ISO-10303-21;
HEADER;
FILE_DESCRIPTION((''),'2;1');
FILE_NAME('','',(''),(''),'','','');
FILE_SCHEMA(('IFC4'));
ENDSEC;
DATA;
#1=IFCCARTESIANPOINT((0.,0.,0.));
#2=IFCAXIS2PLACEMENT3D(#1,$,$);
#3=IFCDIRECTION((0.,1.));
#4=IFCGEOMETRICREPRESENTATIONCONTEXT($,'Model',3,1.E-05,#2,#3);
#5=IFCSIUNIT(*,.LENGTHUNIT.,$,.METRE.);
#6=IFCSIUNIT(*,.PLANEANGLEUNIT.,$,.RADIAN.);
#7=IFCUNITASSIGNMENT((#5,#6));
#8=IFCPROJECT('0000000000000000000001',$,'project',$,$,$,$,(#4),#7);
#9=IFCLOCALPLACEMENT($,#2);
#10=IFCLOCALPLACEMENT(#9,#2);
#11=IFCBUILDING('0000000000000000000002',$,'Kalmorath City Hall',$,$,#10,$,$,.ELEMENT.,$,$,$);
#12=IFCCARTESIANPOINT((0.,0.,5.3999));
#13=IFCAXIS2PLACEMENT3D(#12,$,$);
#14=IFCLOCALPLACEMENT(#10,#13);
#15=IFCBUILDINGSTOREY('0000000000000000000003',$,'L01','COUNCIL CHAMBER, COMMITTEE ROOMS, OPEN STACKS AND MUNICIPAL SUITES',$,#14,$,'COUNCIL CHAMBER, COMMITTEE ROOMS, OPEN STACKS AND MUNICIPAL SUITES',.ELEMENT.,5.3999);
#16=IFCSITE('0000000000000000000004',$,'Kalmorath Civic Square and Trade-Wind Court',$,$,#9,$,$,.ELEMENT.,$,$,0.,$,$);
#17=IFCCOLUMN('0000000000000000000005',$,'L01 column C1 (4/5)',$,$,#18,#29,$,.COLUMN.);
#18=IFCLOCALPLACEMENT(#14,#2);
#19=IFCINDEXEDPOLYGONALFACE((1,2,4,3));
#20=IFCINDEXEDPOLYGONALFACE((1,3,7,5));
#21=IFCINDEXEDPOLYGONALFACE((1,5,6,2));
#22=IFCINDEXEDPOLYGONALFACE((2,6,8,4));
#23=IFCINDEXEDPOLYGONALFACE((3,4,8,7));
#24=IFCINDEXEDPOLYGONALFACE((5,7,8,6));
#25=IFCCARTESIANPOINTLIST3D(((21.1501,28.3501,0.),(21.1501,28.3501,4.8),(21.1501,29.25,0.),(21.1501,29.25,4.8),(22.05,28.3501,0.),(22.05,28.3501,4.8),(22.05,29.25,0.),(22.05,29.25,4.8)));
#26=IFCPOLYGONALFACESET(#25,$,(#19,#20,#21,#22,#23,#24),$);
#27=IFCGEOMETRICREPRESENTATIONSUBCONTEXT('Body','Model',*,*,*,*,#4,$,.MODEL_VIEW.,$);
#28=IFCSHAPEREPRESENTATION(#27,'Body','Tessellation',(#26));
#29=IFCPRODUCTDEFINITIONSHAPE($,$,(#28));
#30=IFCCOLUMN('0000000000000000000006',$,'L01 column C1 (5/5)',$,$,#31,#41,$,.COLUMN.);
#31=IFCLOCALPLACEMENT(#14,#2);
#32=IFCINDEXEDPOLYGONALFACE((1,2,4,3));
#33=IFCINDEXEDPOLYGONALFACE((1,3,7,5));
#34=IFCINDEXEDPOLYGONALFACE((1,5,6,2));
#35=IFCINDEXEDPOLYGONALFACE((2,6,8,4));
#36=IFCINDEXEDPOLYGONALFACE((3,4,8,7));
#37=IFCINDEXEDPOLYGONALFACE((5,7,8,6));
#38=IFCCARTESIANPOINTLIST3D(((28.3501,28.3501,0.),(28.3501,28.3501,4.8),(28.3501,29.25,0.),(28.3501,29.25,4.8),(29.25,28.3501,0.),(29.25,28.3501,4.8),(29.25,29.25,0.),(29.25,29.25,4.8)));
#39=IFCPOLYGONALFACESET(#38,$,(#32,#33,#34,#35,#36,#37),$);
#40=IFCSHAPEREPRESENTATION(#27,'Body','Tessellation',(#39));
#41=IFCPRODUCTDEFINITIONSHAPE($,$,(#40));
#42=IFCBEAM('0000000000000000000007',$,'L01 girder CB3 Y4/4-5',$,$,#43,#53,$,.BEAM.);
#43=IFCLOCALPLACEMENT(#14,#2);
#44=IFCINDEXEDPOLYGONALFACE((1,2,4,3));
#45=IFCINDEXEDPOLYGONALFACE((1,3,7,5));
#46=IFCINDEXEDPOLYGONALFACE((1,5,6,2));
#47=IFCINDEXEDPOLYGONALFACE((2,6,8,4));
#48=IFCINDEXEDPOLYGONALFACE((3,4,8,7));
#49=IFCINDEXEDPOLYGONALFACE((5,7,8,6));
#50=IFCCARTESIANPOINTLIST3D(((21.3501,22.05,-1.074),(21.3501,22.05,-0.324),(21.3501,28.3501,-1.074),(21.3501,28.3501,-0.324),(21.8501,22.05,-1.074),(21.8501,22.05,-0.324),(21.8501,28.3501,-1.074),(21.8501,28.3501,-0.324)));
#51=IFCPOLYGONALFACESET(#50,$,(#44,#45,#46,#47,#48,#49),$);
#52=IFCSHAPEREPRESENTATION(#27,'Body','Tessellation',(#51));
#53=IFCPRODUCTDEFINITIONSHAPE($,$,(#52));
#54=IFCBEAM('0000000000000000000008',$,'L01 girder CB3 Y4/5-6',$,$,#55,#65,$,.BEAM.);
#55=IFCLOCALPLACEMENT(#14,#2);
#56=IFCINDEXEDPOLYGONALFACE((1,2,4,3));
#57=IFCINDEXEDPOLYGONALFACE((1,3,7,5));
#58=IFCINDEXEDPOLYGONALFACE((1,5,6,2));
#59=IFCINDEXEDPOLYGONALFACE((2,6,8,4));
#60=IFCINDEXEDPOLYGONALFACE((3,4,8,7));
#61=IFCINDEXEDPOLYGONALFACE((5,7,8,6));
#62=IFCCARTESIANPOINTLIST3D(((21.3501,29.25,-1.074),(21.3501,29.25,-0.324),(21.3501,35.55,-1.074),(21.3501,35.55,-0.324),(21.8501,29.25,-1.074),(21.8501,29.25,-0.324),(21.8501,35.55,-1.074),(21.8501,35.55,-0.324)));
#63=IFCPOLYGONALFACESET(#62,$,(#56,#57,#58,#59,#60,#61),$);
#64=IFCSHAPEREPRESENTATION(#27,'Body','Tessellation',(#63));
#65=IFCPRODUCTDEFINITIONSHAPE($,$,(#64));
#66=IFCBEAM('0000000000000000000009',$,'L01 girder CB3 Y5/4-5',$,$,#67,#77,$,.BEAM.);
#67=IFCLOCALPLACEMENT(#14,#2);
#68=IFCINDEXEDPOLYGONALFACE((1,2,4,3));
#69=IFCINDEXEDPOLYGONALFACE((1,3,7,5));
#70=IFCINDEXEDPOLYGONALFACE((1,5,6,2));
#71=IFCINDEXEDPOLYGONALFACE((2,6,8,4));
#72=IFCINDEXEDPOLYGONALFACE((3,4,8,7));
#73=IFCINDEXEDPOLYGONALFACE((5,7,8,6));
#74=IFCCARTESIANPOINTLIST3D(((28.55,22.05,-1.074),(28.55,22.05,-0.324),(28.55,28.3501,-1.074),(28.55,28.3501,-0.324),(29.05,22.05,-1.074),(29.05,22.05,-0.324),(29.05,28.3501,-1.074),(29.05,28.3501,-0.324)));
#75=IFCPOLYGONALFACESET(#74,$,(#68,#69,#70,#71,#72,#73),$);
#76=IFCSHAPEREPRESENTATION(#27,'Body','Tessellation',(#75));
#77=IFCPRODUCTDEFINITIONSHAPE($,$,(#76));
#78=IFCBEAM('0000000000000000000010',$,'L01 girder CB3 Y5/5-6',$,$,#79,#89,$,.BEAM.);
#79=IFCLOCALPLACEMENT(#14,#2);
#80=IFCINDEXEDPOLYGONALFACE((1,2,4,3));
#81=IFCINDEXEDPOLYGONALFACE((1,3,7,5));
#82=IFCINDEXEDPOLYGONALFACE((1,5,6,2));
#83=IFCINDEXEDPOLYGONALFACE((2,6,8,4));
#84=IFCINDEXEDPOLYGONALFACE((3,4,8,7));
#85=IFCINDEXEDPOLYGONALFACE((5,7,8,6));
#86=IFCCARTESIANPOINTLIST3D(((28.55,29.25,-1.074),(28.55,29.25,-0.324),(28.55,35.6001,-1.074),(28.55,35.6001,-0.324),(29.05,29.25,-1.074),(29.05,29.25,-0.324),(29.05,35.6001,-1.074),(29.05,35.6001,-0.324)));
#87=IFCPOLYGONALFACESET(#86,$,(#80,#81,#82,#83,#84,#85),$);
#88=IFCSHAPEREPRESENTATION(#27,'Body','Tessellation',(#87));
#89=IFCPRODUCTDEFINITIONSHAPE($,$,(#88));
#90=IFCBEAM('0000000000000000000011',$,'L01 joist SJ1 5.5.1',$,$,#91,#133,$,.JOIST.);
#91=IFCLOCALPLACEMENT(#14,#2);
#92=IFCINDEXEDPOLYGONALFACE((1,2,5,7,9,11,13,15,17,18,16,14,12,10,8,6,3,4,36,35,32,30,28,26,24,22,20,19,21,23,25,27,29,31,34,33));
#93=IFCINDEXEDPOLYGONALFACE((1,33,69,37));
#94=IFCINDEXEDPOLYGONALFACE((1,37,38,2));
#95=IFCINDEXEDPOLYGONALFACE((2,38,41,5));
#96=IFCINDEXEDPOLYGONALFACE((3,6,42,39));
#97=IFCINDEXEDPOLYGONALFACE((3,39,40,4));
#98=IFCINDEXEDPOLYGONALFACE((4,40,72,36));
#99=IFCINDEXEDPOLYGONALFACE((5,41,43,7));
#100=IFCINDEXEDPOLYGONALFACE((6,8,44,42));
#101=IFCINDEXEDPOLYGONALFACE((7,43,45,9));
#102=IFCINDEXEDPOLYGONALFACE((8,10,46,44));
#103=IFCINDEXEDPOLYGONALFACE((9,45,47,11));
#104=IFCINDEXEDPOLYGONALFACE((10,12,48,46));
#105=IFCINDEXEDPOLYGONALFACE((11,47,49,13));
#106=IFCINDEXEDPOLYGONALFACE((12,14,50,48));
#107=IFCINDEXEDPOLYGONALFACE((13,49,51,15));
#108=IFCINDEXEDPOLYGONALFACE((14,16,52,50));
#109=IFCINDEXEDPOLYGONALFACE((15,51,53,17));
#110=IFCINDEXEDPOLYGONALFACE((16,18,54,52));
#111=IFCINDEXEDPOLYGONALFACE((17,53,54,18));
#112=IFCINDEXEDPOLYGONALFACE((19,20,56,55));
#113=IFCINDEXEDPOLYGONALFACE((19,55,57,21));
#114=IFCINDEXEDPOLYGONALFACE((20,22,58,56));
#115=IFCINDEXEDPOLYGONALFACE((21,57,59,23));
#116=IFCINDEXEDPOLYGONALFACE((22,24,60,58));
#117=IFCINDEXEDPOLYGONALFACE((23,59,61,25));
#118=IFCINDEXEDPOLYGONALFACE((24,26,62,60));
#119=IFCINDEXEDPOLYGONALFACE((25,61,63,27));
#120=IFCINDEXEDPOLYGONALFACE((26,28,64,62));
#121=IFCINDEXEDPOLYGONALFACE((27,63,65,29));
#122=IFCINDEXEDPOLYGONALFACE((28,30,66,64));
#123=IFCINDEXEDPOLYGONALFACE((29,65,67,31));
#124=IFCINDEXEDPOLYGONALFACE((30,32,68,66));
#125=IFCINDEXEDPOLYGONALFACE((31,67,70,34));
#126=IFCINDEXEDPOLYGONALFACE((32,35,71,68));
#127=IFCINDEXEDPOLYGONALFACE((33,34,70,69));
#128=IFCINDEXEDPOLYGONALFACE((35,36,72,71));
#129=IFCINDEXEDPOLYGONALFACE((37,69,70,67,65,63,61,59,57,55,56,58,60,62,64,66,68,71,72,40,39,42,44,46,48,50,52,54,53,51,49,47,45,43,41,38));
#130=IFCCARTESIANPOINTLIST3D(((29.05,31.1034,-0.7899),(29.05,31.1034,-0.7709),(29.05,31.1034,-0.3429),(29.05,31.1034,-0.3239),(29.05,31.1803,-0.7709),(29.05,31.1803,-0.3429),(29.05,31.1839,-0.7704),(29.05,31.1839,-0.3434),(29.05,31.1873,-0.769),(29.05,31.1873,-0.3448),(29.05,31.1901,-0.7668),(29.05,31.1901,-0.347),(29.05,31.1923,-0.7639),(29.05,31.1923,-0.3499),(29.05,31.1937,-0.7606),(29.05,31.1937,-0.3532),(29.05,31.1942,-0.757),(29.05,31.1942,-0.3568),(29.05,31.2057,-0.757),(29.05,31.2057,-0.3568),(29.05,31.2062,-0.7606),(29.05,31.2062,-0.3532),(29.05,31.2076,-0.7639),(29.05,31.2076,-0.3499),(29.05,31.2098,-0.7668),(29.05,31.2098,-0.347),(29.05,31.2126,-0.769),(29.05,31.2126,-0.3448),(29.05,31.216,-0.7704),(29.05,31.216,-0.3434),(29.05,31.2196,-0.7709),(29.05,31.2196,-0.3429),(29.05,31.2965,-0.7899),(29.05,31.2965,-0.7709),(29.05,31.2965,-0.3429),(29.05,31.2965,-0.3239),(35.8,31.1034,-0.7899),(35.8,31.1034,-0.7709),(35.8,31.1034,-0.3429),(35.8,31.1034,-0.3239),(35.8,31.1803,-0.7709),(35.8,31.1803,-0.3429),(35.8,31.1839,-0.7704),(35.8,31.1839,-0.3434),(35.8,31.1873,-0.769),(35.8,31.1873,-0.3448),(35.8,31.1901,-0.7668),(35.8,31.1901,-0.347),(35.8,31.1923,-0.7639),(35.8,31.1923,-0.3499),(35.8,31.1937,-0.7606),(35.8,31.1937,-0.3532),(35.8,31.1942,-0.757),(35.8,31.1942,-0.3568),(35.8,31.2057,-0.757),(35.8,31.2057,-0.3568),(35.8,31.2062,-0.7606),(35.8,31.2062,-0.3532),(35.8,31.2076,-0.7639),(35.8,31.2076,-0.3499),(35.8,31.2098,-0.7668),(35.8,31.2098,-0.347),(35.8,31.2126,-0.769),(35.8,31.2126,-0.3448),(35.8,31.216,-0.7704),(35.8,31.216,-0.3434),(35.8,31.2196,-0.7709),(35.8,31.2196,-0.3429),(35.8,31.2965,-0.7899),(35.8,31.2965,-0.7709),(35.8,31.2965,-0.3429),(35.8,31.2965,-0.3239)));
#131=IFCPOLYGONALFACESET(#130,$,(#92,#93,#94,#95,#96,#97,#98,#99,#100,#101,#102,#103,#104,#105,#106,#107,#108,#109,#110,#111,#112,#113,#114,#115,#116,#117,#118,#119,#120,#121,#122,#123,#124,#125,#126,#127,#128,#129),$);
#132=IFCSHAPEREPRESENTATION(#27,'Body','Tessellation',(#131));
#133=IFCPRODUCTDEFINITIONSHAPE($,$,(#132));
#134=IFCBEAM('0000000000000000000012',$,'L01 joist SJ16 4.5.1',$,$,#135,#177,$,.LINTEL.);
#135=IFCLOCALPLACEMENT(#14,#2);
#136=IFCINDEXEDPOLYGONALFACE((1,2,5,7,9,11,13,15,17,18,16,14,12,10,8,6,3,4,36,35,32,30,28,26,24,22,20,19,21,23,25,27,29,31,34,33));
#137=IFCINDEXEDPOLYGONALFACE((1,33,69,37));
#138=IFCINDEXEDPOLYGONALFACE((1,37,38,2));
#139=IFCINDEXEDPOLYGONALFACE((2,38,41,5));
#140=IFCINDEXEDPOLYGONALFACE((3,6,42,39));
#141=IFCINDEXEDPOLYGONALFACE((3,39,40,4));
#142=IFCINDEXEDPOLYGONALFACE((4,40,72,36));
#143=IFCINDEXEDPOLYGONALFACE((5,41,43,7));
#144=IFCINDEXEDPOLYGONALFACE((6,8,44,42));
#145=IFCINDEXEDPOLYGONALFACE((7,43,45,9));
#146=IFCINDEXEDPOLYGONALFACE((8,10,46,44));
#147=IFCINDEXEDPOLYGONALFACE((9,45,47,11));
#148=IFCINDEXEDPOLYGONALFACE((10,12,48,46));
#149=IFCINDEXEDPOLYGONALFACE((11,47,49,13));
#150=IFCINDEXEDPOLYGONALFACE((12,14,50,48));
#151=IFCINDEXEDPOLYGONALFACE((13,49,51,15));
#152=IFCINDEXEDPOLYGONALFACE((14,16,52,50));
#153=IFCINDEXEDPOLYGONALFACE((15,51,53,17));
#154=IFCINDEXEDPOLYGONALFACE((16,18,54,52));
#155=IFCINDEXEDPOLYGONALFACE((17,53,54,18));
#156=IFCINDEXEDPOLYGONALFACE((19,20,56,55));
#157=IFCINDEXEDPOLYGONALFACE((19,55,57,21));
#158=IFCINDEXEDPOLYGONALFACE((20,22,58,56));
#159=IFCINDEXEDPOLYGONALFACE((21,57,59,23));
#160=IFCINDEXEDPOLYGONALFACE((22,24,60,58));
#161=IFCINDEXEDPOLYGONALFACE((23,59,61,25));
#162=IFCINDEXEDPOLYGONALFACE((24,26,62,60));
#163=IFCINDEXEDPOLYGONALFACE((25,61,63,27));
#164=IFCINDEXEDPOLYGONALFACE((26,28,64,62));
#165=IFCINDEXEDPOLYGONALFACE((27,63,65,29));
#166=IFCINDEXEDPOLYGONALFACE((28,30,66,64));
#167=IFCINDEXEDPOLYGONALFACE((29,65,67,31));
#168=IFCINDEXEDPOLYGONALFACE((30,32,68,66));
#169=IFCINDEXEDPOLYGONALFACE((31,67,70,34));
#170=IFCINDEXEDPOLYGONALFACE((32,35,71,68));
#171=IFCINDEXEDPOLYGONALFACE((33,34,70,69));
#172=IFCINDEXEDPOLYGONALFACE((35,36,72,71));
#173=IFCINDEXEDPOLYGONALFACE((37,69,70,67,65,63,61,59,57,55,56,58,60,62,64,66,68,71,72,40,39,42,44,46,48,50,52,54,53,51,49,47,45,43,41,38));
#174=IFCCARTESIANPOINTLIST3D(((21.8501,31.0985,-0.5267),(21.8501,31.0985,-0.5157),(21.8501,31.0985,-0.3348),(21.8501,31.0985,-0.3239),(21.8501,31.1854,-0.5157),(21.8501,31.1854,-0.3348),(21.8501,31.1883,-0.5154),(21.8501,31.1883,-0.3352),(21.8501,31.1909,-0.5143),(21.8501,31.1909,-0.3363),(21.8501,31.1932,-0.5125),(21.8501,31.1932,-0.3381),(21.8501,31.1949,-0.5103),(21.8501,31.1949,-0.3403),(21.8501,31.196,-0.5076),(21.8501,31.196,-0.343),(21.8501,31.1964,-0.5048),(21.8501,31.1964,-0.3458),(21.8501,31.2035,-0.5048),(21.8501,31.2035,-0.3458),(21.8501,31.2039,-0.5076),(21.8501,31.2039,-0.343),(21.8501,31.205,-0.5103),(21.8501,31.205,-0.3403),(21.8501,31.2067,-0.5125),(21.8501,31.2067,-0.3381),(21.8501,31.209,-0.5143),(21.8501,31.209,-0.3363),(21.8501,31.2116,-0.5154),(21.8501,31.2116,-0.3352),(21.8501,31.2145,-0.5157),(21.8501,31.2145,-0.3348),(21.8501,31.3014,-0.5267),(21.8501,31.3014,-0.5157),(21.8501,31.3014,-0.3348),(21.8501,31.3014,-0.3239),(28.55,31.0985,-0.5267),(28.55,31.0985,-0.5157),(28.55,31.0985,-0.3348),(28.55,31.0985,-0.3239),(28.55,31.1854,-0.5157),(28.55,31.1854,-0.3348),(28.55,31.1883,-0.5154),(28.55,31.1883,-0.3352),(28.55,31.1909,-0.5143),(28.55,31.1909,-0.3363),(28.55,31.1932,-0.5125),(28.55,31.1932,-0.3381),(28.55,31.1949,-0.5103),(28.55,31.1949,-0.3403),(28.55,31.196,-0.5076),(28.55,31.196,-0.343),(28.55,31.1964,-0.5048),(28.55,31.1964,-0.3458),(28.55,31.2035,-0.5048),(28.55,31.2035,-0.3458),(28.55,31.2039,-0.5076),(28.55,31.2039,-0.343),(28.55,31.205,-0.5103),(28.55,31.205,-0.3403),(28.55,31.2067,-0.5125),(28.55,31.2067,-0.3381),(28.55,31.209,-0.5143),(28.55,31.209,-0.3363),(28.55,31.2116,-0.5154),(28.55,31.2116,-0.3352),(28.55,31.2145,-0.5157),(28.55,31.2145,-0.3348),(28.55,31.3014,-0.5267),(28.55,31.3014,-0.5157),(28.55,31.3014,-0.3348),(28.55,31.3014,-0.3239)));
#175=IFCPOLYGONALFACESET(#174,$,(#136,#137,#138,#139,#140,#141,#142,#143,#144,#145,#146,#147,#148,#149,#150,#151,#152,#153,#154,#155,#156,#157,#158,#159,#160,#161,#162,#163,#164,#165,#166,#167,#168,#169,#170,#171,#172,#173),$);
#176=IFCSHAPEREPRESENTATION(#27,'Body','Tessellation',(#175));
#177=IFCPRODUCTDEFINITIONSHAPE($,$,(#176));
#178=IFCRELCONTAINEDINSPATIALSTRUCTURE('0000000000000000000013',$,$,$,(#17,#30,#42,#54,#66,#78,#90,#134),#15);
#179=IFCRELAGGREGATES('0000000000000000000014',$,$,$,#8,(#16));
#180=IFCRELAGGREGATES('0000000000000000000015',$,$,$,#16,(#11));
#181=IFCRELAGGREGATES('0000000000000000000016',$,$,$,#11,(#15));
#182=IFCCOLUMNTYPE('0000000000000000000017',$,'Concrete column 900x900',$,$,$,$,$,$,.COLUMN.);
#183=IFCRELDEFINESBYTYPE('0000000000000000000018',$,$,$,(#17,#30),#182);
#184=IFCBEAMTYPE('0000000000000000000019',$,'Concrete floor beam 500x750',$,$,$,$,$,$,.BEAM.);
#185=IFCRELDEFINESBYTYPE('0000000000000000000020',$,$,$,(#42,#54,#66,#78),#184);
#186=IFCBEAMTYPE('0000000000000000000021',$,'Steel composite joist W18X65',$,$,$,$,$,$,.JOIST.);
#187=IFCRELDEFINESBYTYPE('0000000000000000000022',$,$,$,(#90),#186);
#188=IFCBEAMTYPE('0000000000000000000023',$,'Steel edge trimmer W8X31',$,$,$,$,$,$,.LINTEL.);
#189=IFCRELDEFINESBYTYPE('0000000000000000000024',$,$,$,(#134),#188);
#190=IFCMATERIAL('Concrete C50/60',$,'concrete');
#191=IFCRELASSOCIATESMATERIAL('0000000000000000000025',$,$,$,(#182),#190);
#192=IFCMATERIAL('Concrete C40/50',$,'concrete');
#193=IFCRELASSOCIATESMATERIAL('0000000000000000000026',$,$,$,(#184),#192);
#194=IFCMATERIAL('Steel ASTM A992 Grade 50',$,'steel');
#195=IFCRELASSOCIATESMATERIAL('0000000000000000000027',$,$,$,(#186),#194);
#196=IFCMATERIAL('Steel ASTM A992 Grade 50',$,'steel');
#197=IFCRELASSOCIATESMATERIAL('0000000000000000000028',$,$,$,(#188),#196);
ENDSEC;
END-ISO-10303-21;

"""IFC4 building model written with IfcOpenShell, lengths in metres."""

from ifc_helpers import new_model, si_unit, direction, frame, origin, origin_2d, place, context, subcontext, project, spatial, rectangle, i_section, extrude, material, material_profile, profile_set, type_object, element, save


model = new_model("IFC4")

# Units and contexts
model_context = context("Model", 3, precision=1e-05, world=origin(), true_north=direction((0.0, 1.0)))
body_context = subcontext(model_context, "Body", "Model", "MODEL_VIEW")
ifc_project = project(units=[si_unit("LENGTHUNIT", "METRE"), si_unit("PLANEANGLEUNIT", "RADIAN")], contexts=[model_context])

# Site, building, storey
site_placement = place(None, origin())
site = spatial("IfcSite", under=ifc_project, at=site_placement, Name="Kalmorath Civic Square and Trade-Wind Court", CompositionType="ELEMENT", RefElevation=0.0)
building_placement = place(site_placement, origin())
building = spatial("IfcBuilding", under=site, at=building_placement, Name="Kalmorath City Hall", CompositionType="ELEMENT")
storey_placement = place(building_placement, frame((0.0, 0.0, 5.3999)))
storey = spatial("IfcBuildingStorey", under=building, at=storey_placement, Name="L01", Description="COUNCIL CHAMBER, COMMITTEE ROOMS, OPEN STACKS AND MUNICIPAL SUITES", LongName="COUNCIL CHAMBER, COMMITTEE ROOMS, OPEN STACKS AND MUNICIPAL SUITES", CompositionType="ELEMENT", Elevation=5.3999)

# Columns
ifc_material_1 = material(Name="Concrete C50/60", Category="concrete")
ifc_material_profile_1 = material_profile(ifc_material_1, rectangle(XDim=0.8999, YDim=0.8999, at=origin_2d()), Name="RC-COL-900X900")
ifc_profile_set_1 = profile_set([ifc_material_profile_1], Name="Concrete C50/60")
column_type = type_object("IfcColumnType", Name="Concrete column 900x900", PredefinedType="COLUMN", material=ifc_profile_set_1)
for number, where, z_axis, x_axis, name in (
    (1, (21.6001, 28.8, 0.0), (0.0, 0.0, 1.0), (1.0, 0.0, 0.0), "L01 column C1 (4/5)"),
    (2, (28.8, 28.8, 0.0), (0.0, 0.0, 1.0), (1.0, 0.0, 0.0), "L01 column C1 (5/5)"),
):
    element("IfcColumn", number, at=place(storey_placement, frame(where, z_axis=z_axis, x_axis=x_axis)), inside=storey, type_object=column_type, Name=name, PredefinedType="COLUMN", context=body_context, shape_type="SweptSolid", body=[
        extrude(rectangle(XDim=0.8999, YDim=0.8999, at=origin_2d()), origin(), (0.0, 0.0, 1.0), 4.8),
    ])

# Beams
ifc_material_2 = material(Name="Concrete C40/50", Category="concrete")
ifc_material_profile_2 = material_profile(ifc_material_2, rectangle(XDim=0.5, YDim=0.75, at=origin_2d()), Name="RC-BM-500X750")
ifc_profile_set_2 = profile_set([ifc_material_profile_2], Name="Concrete C40/50")
beam_type_1 = type_object("IfcBeamType", Name="Concrete floor beam 500x750", PredefinedType="BEAM", material=ifc_profile_set_2)
for number, where, z_axis, x_axis, name in (
    (3, (21.6001, 22.05, -0.699), (0.0, 1.0, 0.0), (-1.0, 0.0, 0.0), "L01 girder CB3 Y4/4-5"),
    (4, (21.6001, 29.25, -0.699), (0.0, 1.0, 0.0), (-1.0, 0.0, 0.0), "L01 girder CB3 Y4/5-6"),
    (5, (28.8, 22.05, -0.699), (0.0, 1.0, 0.0), (-1.0, 0.0, 0.0), "L01 girder CB3 Y5/4-5"),
):
    element("IfcBeam", number, at=place(storey_placement, frame(where, z_axis=z_axis, x_axis=x_axis)), inside=storey, type_object=beam_type_1, Name=name, PredefinedType="BEAM", context=body_context, shape_type="SweptSolid", body=[
        extrude(rectangle(XDim=0.5, YDim=0.75, at=origin_2d()), origin(), (0.0, 0.0, 1.0), 6.3),
    ])
beam_1_placement = place(storey_placement, frame((28.8, 29.25, -0.699), z_axis=(0.0, 1.0, 0.0), x_axis=(-1.0, 0.0, 0.0)))
element("IfcBeam", 6, at=beam_1_placement, inside=storey, type_object=beam_type_1, Name="L01 girder CB3 Y5/5-6", PredefinedType="BEAM", context=body_context, shape_type="SweptSolid", body=[
    extrude(rectangle(XDim=0.5, YDim=0.75, at=origin_2d()), origin(), (0.0, 0.0, 1.0), 6.3501),
])
ifc_material_3 = material(Name="Steel ASTM A992 Grade 50", Category="steel")
ifc_material_profile_3 = material_profile(ifc_material_3, i_section(OverallWidth=0.1931, OverallDepth=0.4661, WebThickness=0.0115, FlangeThickness=0.019, FilletRadius=0.0139, at=origin_2d()), Name="W18X65")
ifc_profile_set_3 = profile_set([ifc_material_profile_3], Name="Steel ASTM A992 Grade 50")
beam_type_2 = type_object("IfcBeamType", Name="Steel composite joist W18X65", PredefinedType="JOIST", material=ifc_profile_set_3)
beam_2_placement = place(storey_placement, frame((29.05, 31.2, -0.5569), z_axis=(1.0, 0.0, 0.0), x_axis=(0.0, 1.0, 0.0)))
element("IfcBeam", 7, at=beam_2_placement, inside=storey, type_object=beam_type_2, Name="L01 joist SJ1 5.5.1", PredefinedType="JOIST", context=body_context, shape_type="SweptSolid", body=[
    extrude(i_section(OverallWidth=0.1931, OverallDepth=0.4661, WebThickness=0.0115, FlangeThickness=0.019, FilletRadius=0.0139, at=origin_2d()), origin(), (0.0, 0.0, 1.0), 6.75),
])
ifc_material_4 = material(Name="Steel ASTM A992 Grade 50", Category="steel")
ifc_material_profile_4 = material_profile(ifc_material_4, i_section(OverallWidth=0.2029, OverallDepth=0.2029, WebThickness=0.0071, FlangeThickness=0.011, FilletRadius=0.011, at=origin_2d()), Name="W8X31")
ifc_profile_set_4 = profile_set([ifc_material_profile_4], Name="Steel ASTM A992 Grade 50")
beam_type_3 = type_object("IfcBeamType", Name="Steel edge trimmer W8X31", PredefinedType="LINTEL", material=ifc_profile_set_4)
for number, where, z_axis, x_axis, name in (
    (8, (21.8501, 31.2, -0.4253), (1.0, 0.0, 0.0), (0.0, 1.0, 0.0), "L01 joist SJ16 4.5.1"),
):
    element("IfcBeam", number, at=place(storey_placement, frame(where, z_axis=z_axis, x_axis=x_axis)), inside=storey, type_object=beam_type_3, Name=name, PredefinedType="LINTEL", context=body_context, shape_type="SweptSolid", body=[
        extrude(i_section(OverallWidth=0.2029, OverallDepth=0.2029, WebThickness=0.0071, FlangeThickness=0.011, FilletRadius=0.011, at=origin_2d()), origin(), (0.0, 0.0, 1.0), 6.7),
    ])

save(model, "model.ifc")
